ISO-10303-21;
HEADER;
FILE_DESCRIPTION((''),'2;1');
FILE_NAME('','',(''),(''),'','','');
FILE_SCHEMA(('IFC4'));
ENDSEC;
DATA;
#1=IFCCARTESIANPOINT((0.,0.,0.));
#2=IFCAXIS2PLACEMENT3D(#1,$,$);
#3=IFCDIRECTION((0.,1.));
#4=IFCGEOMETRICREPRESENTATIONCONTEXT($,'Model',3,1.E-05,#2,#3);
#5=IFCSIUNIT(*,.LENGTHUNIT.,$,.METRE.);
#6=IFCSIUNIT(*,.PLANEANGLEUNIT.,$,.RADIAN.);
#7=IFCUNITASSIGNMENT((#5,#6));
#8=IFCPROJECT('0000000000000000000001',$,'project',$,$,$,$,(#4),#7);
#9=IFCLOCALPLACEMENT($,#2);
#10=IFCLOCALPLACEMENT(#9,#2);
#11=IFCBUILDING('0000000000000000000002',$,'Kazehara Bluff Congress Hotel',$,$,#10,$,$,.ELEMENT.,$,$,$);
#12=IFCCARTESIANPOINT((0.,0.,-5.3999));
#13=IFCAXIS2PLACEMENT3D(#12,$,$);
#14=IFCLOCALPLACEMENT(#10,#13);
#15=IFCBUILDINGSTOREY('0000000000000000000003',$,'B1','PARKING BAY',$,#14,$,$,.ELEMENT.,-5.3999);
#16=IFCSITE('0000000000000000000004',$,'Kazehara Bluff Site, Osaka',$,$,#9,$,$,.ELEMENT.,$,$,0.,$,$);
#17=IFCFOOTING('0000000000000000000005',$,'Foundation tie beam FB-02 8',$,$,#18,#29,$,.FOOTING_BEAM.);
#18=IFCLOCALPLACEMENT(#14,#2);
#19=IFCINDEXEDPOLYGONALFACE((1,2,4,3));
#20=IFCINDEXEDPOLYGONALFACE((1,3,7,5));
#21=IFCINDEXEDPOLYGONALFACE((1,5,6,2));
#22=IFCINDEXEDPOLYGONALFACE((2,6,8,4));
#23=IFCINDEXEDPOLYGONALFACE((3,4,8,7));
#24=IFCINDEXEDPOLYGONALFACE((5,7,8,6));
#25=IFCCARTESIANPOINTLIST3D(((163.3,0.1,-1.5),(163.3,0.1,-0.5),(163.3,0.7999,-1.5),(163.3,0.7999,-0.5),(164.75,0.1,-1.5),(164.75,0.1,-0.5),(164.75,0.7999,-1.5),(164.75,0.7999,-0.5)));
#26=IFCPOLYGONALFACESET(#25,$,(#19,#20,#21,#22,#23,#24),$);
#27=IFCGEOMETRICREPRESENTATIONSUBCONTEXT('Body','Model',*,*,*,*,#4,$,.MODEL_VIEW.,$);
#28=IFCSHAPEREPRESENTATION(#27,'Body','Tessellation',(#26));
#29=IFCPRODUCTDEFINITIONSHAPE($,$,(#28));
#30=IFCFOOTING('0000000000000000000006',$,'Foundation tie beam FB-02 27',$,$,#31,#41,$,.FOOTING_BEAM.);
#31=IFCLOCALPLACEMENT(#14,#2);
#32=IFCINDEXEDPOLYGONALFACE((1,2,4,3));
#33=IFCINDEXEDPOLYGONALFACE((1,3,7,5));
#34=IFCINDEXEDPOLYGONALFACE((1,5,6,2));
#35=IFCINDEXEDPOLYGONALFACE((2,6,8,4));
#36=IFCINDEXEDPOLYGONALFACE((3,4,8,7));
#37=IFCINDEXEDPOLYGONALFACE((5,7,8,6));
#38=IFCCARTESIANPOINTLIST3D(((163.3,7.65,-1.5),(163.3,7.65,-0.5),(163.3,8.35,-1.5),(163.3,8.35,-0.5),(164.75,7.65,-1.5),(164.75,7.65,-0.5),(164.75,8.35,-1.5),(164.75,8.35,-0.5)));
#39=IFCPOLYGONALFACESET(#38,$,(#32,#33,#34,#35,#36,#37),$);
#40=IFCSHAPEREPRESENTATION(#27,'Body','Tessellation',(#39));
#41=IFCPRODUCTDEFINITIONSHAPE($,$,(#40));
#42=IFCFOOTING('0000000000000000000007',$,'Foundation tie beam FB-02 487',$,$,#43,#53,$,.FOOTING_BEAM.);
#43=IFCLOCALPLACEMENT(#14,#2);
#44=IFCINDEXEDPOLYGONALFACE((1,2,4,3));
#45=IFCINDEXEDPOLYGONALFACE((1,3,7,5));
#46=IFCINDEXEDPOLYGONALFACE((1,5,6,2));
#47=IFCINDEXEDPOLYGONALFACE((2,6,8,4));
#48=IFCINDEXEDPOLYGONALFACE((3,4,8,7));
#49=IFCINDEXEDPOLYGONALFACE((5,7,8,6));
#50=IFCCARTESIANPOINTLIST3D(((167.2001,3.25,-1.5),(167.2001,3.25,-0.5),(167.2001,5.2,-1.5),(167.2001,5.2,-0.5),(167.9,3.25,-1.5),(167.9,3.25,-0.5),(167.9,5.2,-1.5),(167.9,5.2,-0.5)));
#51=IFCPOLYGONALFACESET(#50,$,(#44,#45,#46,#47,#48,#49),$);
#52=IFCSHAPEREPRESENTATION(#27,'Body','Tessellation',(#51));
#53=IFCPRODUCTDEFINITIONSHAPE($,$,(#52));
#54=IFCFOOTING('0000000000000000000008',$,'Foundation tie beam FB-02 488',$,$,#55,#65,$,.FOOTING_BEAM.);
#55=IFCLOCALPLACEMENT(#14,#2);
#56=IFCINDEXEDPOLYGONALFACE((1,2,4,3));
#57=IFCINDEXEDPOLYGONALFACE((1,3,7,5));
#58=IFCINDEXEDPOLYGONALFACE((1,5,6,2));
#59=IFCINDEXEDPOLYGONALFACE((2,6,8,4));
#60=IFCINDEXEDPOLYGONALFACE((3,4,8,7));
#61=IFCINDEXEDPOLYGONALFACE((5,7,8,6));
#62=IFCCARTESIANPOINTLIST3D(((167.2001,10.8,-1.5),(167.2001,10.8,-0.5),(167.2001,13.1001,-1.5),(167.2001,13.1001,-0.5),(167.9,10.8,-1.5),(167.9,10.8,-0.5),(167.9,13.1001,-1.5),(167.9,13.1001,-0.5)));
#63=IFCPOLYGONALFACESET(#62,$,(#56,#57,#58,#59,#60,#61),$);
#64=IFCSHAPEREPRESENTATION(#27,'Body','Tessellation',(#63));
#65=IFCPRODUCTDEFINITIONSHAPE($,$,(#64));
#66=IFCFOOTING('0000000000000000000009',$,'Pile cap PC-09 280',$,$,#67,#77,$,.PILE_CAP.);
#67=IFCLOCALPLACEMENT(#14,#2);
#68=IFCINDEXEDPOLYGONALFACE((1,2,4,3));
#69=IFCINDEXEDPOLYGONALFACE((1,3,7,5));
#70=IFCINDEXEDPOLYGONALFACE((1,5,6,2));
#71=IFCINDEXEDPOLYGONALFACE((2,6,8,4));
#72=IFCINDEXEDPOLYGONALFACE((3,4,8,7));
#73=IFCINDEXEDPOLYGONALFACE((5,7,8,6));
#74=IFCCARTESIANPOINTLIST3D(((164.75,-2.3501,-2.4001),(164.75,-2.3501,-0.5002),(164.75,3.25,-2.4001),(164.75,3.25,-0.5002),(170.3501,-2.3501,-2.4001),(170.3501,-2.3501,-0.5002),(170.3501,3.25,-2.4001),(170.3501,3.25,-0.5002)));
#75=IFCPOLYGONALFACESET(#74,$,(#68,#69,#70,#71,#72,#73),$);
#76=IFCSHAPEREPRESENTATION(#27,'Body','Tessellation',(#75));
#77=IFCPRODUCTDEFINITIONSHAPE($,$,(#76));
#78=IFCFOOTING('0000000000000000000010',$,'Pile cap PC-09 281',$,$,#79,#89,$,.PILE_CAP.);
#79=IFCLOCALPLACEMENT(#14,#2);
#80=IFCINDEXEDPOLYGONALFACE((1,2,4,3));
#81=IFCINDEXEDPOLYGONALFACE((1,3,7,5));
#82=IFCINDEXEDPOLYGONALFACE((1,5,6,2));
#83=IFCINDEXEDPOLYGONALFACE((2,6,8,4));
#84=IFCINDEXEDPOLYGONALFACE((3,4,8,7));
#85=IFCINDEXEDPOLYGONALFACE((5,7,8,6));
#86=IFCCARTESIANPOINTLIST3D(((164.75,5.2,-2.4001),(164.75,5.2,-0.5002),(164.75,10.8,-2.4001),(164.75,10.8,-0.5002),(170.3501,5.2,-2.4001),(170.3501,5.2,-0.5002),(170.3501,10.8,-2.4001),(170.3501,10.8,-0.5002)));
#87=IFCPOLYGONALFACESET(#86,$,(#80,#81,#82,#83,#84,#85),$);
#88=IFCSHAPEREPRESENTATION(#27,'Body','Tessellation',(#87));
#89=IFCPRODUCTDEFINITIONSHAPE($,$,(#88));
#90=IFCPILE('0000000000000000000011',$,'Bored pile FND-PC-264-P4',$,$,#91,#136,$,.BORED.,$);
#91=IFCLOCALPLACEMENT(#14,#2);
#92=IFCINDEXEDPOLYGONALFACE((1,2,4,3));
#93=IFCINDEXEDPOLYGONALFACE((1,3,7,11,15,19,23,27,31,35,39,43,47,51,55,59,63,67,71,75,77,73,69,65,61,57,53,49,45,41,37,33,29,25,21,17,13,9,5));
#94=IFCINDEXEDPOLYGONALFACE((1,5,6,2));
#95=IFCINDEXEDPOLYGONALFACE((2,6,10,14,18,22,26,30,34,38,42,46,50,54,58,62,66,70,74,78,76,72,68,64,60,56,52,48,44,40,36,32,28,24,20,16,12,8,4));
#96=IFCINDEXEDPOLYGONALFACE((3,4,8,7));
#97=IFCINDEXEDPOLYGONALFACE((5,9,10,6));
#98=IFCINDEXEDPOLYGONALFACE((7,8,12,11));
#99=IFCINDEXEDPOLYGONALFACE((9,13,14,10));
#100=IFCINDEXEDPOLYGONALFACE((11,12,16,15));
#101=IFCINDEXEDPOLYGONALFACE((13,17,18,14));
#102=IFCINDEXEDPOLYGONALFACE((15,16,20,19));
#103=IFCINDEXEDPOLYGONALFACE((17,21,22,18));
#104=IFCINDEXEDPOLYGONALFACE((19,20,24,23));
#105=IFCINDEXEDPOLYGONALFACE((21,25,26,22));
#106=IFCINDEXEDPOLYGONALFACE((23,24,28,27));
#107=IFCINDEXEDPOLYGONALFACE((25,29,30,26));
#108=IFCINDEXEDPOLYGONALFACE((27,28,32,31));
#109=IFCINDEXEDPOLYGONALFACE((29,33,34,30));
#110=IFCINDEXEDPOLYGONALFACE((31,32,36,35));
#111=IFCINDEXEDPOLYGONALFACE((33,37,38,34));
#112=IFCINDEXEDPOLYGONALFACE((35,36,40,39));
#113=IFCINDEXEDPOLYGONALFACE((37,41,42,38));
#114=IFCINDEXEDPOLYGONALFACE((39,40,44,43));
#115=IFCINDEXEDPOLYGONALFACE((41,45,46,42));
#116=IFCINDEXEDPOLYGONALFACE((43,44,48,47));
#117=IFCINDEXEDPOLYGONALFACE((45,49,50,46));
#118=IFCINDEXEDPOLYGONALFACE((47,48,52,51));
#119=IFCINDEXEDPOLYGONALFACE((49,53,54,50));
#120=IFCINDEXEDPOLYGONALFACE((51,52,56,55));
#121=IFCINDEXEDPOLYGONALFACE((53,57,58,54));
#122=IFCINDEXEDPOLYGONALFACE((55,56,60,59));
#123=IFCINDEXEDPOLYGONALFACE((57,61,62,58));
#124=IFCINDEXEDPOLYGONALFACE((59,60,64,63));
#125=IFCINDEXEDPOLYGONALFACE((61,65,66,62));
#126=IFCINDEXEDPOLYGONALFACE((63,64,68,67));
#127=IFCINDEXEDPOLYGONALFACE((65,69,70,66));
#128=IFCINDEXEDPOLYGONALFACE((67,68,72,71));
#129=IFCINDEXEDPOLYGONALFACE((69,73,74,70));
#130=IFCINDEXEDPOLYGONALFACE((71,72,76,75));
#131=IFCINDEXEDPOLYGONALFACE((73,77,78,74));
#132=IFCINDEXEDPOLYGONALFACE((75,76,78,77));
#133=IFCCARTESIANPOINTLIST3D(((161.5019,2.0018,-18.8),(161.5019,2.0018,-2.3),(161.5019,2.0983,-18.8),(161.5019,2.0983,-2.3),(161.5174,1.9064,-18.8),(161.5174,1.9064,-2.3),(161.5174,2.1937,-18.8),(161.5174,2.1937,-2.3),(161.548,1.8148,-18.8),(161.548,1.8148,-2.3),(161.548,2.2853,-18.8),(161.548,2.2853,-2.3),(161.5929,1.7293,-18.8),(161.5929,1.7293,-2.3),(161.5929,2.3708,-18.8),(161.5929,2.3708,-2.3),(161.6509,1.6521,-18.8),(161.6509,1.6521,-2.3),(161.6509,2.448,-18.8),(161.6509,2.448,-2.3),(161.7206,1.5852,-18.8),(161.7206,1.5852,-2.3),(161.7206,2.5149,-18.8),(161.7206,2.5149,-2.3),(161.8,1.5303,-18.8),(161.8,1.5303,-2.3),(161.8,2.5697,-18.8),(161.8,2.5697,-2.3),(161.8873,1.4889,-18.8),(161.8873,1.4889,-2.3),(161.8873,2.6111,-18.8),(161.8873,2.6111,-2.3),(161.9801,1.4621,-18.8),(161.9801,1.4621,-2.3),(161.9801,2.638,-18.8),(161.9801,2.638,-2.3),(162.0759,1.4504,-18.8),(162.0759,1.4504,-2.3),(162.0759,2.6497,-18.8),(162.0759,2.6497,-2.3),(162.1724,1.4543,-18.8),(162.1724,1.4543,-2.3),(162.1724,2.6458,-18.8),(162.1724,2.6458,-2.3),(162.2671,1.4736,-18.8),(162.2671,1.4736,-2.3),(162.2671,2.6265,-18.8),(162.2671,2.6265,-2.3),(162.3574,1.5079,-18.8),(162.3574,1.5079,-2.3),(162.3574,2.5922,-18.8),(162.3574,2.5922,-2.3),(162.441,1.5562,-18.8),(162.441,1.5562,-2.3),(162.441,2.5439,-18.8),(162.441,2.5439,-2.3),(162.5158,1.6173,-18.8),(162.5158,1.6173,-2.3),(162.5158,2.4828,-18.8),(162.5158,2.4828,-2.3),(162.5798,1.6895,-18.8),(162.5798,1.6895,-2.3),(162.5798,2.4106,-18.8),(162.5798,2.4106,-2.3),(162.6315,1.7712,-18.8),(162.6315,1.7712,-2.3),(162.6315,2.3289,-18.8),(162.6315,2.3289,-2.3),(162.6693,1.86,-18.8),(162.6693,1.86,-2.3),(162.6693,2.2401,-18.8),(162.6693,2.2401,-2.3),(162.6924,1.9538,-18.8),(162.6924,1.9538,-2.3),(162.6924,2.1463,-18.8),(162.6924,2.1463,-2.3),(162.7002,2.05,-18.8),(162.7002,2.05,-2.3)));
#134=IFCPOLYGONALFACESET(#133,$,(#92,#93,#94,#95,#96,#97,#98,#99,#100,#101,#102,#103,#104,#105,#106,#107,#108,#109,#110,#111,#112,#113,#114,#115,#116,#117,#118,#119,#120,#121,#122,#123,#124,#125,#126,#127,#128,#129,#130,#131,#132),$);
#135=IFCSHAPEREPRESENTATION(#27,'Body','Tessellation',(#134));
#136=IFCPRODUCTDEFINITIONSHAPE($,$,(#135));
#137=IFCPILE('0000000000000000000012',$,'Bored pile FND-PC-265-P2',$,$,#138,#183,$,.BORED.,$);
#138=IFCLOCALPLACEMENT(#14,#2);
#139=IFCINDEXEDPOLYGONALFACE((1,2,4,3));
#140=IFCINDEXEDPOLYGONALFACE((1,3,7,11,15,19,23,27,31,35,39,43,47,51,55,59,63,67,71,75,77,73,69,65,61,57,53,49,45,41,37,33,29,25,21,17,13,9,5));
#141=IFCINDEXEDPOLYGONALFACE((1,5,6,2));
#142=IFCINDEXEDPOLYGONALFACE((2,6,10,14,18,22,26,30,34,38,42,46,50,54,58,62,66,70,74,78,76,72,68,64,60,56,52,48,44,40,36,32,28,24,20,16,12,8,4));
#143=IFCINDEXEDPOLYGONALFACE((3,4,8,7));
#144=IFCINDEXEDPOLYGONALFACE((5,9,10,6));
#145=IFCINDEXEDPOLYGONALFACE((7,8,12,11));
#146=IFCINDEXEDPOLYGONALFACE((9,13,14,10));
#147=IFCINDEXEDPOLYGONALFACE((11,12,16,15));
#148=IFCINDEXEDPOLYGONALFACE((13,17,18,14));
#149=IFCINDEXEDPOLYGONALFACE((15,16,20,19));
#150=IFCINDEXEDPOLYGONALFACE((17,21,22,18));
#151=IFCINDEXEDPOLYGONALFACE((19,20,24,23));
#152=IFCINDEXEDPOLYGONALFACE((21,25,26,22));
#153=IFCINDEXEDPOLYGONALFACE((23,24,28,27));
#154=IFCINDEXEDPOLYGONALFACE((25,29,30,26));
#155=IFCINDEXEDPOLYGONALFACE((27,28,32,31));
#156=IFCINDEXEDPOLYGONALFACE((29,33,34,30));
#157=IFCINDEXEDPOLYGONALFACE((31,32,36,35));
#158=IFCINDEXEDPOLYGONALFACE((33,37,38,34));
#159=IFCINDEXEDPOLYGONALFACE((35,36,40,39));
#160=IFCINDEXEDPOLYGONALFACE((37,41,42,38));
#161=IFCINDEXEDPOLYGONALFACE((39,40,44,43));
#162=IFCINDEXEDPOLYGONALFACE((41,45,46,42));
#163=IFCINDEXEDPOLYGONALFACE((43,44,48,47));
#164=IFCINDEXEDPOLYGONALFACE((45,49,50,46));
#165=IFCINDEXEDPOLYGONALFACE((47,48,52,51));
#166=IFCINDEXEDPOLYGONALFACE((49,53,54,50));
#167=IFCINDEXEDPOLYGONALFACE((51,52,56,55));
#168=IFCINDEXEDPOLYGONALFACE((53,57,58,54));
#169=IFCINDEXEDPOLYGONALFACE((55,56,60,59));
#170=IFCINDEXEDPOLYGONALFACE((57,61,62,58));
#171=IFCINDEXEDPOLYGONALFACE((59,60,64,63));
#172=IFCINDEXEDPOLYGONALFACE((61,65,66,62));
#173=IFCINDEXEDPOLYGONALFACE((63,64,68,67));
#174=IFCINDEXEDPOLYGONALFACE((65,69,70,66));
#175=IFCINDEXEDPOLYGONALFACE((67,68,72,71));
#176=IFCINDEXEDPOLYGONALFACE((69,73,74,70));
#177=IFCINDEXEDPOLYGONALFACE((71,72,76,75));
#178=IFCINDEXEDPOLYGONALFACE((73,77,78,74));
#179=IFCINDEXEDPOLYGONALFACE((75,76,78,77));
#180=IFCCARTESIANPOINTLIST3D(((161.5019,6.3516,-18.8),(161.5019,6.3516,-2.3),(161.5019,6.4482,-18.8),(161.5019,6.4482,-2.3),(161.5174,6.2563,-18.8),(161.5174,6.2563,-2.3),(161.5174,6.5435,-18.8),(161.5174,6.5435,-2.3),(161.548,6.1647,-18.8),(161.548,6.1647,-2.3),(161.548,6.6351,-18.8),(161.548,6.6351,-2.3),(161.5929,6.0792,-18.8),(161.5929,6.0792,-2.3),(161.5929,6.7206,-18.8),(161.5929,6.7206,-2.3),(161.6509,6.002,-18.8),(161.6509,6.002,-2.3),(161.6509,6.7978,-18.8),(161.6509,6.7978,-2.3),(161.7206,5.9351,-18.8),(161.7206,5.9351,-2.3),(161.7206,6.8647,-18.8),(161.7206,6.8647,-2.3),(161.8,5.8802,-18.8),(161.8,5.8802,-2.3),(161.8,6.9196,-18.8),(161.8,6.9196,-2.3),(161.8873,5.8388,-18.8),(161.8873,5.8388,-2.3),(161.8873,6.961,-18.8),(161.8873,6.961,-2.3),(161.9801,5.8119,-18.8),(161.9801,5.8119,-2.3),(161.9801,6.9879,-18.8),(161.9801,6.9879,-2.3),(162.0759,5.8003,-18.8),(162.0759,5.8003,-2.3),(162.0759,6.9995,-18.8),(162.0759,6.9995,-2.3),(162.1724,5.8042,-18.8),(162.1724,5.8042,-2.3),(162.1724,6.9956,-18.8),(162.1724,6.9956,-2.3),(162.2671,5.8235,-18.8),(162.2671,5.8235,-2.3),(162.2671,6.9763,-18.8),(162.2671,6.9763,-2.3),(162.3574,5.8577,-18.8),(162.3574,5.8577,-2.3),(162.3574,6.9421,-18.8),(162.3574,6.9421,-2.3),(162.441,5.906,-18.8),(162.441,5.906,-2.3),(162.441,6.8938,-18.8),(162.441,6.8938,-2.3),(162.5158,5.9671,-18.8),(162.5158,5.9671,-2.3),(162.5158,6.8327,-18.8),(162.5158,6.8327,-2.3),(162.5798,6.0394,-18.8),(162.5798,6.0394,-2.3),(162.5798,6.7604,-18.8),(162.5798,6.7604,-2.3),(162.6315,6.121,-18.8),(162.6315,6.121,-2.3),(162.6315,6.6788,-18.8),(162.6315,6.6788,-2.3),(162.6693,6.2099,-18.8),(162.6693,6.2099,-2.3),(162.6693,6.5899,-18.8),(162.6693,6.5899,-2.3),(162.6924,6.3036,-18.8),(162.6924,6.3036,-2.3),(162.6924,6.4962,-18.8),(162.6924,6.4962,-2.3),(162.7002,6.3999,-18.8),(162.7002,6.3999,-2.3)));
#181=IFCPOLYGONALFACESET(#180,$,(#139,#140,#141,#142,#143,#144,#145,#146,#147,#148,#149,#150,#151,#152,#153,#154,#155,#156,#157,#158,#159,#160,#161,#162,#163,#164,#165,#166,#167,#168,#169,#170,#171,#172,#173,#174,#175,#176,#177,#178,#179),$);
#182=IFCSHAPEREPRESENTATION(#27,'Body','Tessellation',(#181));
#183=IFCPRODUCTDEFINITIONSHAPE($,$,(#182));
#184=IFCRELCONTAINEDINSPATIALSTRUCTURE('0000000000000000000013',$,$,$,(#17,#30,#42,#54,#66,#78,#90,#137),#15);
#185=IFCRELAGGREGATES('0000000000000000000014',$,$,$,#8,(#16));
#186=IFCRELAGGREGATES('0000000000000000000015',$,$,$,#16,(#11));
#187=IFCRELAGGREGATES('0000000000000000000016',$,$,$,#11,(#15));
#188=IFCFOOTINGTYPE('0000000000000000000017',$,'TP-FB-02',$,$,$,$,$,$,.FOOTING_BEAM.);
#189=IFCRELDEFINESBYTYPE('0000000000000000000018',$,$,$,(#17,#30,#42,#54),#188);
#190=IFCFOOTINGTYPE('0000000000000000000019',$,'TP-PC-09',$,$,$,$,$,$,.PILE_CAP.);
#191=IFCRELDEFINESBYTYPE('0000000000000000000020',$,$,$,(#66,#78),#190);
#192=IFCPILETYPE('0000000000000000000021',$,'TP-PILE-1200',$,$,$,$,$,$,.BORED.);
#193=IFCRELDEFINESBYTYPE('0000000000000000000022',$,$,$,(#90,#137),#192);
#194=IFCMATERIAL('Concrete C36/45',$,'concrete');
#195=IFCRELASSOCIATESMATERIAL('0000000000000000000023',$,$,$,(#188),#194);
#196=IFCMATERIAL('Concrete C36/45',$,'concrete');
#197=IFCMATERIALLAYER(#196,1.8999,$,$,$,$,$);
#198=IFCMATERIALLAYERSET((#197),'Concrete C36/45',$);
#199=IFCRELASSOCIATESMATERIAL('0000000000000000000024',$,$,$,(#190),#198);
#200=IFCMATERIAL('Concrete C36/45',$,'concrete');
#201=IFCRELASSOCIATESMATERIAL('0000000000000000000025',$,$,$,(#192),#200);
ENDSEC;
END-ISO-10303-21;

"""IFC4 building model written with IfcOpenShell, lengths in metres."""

from ifc_helpers import new_model, si_unit, direction, frame, origin, origin_2d, place, context, subcontext, project, spatial, rectangle, circle, extrude, material, layer, layer_set, material_profile, profile_set, type_object, element, save


model = new_model("IFC4")

# Units and contexts
model_context = context("Model", 3, precision=1e-05, world=origin(), true_north=direction((0.0, 1.0)))
body_context = subcontext(model_context, "Body", "Model", "MODEL_VIEW")
ifc_project = project(units=[si_unit("LENGTHUNIT", "METRE"), si_unit("PLANEANGLEUNIT", "RADIAN")], contexts=[model_context])

# Site, building, storey
site_placement = place(None, origin())
site = spatial("IfcSite", under=ifc_project, at=site_placement, Name="Kazehara Bluff Site, Osaka", CompositionType="ELEMENT", RefElevation=0.0)
building_placement = place(site_placement, origin())
building = spatial("IfcBuilding", under=site, at=building_placement, Name="Kazehara Bluff Congress Hotel", CompositionType="ELEMENT")
storey_placement = place(building_placement, frame((0.0, 0.0, -5.3999)))
storey = spatial("IfcBuildingStorey", under=building, at=storey_placement, Name="B1", Description="PARKING BAY", CompositionType="ELEMENT", Elevation=-5.3999)

# Footings
ifc_material_1 = material(Name="Concrete C36/45", Category="concrete")
ifc_material_profile_1 = material_profile(ifc_material_1, rectangle(XDim=0.7, YDim=1.0, at=origin_2d()))
ifc_profile_set_1 = profile_set([ifc_material_profile_1], Name="Concrete C36/45")
footing_type_1 = type_object("IfcFootingType", Name="TP-FB-02", PredefinedType="FOOTING_BEAM", material=ifc_profile_set_1)
for number, where, z_axis, x_axis, name in (
    (1, (163.3, 0.45, -1.0), (1.0, 0.0, 0.0), (0.0, 1.0, 0.0), "Foundation tie beam FB-02 8"),
    (2, (163.3, 8.0, -1.0), (1.0, 0.0, 0.0), (0.0, 1.0, 0.0), "Foundation tie beam FB-02 27"),
):
    element("IfcFooting", number, at=place(storey_placement, frame(where, z_axis=z_axis, x_axis=x_axis)), inside=storey, type_object=footing_type_1, Name=name, PredefinedType="FOOTING_BEAM", context=body_context, shape_type="SweptSolid", body=[
        extrude(rectangle(XDim=0.7, YDim=1.0, at=origin_2d()), origin(), (0.0, 0.0, 1.0), 1.45),
    ])
footing_1_placement = place(storey_placement, frame((167.55, 3.25, -1.0), z_axis=(0.0, 1.0, 0.0), x_axis=(-1.0, 0.0, 0.0)))
element("IfcFooting", 3, at=footing_1_placement, inside=storey, type_object=footing_type_1, Name="Foundation tie beam FB-02 487", PredefinedType="FOOTING_BEAM", context=body_context, shape_type="SweptSolid", body=[
    extrude(rectangle(XDim=0.7, YDim=1.0, at=origin_2d()), origin(), (0.0, 0.0, 1.0), 1.95),
])
footing_2_placement = place(storey_placement, frame((167.55, 10.8, -1.0), z_axis=(0.0, 1.0, 0.0), x_axis=(-1.0, 0.0, 0.0)))
element("IfcFooting", 4, at=footing_2_placement, inside=storey, type_object=footing_type_1, Name="Foundation tie beam FB-02 488", PredefinedType="FOOTING_BEAM", context=body_context, shape_type="SweptSolid", body=[
    extrude(rectangle(XDim=0.7, YDim=1.0, at=origin_2d()), origin(), (0.0, 0.0, 1.0), 2.3),
])
ifc_material_2 = material(Name="Concrete C36/45", Category="concrete")
ifc_layer_1 = layer(ifc_material_2, 1.8999)
ifc_layer_set_1 = layer_set([ifc_layer_1], Name="Concrete C36/45")
footing_type_2 = type_object("IfcFootingType", Name="TP-PC-09", PredefinedType="PILE_CAP", material=ifc_layer_set_1)
for number, where, z_axis, x_axis, name in (
    (5, (167.55, 0.45, -2.4001), (0.0, 0.0, 1.0), (1.0, 0.0, 0.0), "Pile cap PC-09 280"),
    (6, (167.55, 8.0, -2.4001), (0.0, 0.0, 1.0), (1.0, 0.0, 0.0), "Pile cap PC-09 281"),
):
    element("IfcFooting", number, at=place(storey_placement, frame(where, z_axis=z_axis, x_axis=x_axis)), inside=storey, type_object=footing_type_2, Name=name, PredefinedType="PILE_CAP", context=body_context, shape_type="SweptSolid", body=[
        extrude(rectangle(XDim=5.6001, YDim=5.6001, at=origin_2d()), origin(), (0.0, 0.0, 1.0), 1.8999),
    ])

# Piles
ifc_material_3 = material(Name="Concrete C36/45", Category="concrete")
ifc_material_profile_2 = material_profile(ifc_material_3, circle(Radius=0.6001, at=origin_2d()))
ifc_profile_set_2 = profile_set([ifc_material_profile_2], Name="Concrete C36/45")
pile_type_1 = type_object("IfcPileType", Name="TP-PILE-1200", PredefinedType="BORED", material=ifc_profile_set_2)
for number, where, z_axis, x_axis, name in (
    (7, (162.1001, 2.05, -2.3), (0.0, 0.0, -1.0), (1.0, 0.0, 0.0), "Bored pile FND-PC-264-P4"),
    (8, (162.1001, 6.3999, -2.3), (0.0, 0.0, -1.0), (1.0, 0.0, 0.0), "Bored pile FND-PC-265-P2"),
):
    element("IfcPile", number, at=place(storey_placement, frame(where, z_axis=z_axis, x_axis=x_axis)), inside=storey, type_object=pile_type_1, Name=name, PredefinedType="BORED", context=body_context, shape_type="SweptSolid", body=[
        extrude(circle(Radius=0.6001, at=origin_2d()), origin(), (0.0, 0.0, 1.0), 16.5),
    ])

save(model, "model.ifc")
